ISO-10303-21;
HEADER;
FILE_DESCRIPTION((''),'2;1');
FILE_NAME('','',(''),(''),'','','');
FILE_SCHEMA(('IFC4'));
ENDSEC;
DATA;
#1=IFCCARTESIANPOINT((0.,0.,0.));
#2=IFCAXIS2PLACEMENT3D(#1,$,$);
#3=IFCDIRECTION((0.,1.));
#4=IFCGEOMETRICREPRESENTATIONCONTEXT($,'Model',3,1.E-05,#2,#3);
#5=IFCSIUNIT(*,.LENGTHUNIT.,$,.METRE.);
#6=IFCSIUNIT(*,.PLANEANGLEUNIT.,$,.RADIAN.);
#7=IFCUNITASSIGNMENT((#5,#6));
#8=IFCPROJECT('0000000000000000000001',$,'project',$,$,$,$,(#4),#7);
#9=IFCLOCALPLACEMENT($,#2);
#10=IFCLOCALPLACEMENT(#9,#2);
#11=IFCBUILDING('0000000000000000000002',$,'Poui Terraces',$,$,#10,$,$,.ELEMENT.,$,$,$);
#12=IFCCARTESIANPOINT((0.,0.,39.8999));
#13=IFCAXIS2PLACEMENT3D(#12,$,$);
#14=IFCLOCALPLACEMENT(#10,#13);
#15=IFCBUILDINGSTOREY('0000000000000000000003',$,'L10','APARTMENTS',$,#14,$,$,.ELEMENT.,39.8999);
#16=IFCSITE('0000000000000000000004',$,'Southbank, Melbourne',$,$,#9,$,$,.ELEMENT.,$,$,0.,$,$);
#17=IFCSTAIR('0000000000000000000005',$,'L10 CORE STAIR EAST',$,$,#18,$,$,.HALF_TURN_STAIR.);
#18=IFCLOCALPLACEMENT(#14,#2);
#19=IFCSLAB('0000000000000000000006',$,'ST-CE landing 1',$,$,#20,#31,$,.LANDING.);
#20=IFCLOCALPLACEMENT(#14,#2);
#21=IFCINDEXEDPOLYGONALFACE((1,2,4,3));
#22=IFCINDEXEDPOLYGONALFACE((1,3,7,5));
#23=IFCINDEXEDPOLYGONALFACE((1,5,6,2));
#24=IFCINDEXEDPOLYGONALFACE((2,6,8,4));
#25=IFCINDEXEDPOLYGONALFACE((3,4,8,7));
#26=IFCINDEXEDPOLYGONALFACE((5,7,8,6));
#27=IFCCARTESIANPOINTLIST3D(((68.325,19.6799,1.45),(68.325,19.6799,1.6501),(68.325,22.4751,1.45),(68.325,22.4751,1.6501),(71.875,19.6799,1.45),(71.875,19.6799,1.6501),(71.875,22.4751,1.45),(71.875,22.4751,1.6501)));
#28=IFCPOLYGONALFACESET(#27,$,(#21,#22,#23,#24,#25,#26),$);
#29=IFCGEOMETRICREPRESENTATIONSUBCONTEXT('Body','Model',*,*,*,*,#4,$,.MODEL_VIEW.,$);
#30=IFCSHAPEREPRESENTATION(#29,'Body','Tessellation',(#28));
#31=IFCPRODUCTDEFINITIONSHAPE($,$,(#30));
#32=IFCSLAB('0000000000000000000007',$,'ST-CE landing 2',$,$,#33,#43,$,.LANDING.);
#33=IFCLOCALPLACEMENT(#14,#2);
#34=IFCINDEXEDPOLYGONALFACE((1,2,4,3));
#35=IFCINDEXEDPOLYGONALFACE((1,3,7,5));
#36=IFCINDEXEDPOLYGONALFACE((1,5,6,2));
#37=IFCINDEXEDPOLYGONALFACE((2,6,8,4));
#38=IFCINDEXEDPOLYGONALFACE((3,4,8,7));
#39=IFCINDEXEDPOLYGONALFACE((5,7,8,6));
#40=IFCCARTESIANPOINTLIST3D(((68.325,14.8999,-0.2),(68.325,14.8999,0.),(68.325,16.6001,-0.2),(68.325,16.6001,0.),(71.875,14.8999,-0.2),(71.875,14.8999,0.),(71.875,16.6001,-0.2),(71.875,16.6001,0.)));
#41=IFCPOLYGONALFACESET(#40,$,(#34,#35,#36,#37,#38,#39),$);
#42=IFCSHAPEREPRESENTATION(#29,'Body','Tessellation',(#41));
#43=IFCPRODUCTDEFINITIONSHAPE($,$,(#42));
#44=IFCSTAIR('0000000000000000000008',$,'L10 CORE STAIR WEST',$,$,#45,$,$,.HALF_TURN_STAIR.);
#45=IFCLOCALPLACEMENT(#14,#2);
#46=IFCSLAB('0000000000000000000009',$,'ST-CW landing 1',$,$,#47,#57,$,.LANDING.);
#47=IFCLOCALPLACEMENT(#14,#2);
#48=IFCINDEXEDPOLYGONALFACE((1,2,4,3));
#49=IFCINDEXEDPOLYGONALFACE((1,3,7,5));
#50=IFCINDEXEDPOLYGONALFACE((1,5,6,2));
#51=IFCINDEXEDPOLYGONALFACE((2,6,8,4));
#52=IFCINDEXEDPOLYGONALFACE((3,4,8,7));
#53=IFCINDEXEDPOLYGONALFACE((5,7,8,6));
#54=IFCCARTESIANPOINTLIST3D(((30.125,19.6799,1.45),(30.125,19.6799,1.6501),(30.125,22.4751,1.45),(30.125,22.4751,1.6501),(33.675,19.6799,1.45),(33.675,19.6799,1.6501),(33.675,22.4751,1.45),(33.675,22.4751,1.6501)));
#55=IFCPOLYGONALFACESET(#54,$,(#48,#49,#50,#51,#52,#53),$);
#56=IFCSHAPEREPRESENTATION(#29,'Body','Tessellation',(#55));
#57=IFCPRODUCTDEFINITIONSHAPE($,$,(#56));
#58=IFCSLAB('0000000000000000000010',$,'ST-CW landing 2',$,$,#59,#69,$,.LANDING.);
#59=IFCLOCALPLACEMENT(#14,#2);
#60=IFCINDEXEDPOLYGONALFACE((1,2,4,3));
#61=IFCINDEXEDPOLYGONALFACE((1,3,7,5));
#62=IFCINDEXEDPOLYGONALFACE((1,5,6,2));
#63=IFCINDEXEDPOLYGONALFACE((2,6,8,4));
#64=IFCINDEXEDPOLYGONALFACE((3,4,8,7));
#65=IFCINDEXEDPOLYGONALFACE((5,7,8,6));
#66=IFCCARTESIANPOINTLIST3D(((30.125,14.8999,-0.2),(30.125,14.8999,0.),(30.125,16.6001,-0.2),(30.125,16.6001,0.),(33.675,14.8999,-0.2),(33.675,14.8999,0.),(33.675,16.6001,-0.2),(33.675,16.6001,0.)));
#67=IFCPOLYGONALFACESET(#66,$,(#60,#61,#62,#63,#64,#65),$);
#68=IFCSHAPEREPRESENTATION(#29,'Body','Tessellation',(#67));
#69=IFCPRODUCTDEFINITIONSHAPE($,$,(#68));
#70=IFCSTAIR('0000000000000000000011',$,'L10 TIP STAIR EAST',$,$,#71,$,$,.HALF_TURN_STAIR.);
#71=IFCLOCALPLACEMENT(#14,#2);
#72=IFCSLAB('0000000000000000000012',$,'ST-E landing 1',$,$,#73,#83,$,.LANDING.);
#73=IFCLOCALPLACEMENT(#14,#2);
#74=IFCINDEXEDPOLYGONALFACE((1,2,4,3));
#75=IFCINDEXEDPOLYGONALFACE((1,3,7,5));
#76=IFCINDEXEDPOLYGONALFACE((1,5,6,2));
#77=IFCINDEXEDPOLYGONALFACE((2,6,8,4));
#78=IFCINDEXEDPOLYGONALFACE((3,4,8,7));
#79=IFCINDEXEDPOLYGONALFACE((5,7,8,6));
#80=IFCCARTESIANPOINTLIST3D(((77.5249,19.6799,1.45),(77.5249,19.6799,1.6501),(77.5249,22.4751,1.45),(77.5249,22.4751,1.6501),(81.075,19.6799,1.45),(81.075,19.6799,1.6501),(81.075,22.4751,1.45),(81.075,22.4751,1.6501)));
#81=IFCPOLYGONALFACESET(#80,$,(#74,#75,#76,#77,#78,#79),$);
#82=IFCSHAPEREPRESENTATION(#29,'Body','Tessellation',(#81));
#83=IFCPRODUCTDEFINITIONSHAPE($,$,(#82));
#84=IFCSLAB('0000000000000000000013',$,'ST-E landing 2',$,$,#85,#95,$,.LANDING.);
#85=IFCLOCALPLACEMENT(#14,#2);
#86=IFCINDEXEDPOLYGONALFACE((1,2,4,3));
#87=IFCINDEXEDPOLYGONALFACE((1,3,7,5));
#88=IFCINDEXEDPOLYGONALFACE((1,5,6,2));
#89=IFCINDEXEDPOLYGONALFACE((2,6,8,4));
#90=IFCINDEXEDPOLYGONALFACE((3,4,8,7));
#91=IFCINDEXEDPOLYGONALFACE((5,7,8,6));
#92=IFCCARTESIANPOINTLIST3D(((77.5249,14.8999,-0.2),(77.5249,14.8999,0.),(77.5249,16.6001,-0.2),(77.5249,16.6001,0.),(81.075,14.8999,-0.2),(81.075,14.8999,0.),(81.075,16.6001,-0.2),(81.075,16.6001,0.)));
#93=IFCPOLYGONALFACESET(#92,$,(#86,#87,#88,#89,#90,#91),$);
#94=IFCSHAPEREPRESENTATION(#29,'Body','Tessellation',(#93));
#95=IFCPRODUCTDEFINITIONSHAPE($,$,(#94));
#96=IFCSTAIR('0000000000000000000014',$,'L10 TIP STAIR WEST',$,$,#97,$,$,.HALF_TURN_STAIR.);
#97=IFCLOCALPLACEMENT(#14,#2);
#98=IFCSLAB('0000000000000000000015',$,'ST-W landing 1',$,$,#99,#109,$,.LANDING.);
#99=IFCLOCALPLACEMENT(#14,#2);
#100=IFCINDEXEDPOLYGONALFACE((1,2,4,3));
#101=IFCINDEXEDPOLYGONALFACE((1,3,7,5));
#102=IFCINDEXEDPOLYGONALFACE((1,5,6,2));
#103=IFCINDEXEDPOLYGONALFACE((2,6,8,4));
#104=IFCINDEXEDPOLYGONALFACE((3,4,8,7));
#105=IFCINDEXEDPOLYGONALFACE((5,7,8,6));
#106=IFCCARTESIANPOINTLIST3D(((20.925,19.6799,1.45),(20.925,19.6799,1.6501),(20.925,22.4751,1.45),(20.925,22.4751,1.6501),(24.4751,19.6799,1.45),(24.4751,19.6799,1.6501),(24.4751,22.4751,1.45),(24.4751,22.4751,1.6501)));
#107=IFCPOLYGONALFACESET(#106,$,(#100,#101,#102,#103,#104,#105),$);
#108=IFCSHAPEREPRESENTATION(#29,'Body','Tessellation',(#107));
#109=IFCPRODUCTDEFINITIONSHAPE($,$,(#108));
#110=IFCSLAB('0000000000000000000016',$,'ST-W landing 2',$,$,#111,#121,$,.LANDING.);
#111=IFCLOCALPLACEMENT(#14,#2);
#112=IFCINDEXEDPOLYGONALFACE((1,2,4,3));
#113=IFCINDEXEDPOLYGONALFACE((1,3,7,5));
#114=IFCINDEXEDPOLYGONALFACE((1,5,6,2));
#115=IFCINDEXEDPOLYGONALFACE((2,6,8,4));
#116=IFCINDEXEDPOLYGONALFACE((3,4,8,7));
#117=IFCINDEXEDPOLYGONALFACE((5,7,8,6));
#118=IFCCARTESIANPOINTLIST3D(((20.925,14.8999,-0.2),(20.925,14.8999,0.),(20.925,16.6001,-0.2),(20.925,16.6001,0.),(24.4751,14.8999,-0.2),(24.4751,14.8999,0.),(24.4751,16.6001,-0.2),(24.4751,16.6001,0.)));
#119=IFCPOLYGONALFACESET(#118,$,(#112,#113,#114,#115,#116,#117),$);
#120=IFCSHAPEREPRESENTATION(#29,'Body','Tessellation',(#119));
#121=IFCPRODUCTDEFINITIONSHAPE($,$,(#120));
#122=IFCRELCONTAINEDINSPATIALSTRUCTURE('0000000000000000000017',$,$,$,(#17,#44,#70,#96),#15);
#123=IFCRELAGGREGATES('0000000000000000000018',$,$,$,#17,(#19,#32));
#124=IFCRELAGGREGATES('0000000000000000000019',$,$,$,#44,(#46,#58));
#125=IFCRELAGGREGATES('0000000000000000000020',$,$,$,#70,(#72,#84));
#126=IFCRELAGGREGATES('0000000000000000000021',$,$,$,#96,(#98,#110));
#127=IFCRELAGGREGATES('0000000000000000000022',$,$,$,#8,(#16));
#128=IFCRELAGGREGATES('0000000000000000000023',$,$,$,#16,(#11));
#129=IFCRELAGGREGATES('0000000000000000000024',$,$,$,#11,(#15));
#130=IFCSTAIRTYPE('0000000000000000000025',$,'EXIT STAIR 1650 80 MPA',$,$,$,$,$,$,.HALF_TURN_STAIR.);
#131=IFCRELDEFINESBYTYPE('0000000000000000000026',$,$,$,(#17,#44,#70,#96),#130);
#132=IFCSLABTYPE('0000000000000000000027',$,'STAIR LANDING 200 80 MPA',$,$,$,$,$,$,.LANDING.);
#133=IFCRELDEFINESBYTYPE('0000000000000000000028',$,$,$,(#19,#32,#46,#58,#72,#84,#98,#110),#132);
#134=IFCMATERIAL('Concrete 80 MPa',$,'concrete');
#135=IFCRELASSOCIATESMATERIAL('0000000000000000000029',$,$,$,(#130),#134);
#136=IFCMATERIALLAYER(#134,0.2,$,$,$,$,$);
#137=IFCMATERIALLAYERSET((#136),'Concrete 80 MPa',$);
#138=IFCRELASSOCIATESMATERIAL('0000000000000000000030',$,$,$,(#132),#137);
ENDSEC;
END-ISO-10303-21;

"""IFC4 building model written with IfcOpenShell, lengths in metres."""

from ifc_helpers import new_model, si_unit, direction, frame, origin, place, context, subcontext, project, spatial, polyline, outline, extrude, material, layer, layer_set, type_object, element, aggregate, save


model = new_model("IFC4")

# Units and contexts
model_context = context("Model", 3, precision=1e-05, world=origin(), true_north=direction((0.0, 1.0)))
body_context = subcontext(model_context, "Body", "Model", "MODEL_VIEW")
ifc_project = project(units=[si_unit("LENGTHUNIT", "METRE"), si_unit("PLANEANGLEUNIT", "RADIAN")], contexts=[model_context])

# Site, building, storey
site_placement = place(None, origin())
site = spatial("IfcSite", under=ifc_project, at=site_placement, Name="Southbank, Melbourne", CompositionType="ELEMENT", RefElevation=0.0)
building_placement = place(site_placement, origin())
building = spatial("IfcBuilding", under=site, at=building_placement, Name="Poui Terraces", CompositionType="ELEMENT")
storey_placement = place(building_placement, frame((0.0, 0.0, 39.8999)))
storey = spatial("IfcBuildingStorey", under=building, at=storey_placement, Name="L10", Description="APARTMENTS", CompositionType="ELEMENT", Elevation=39.8999)

# Stairs, slabs
ifc_material_1 = material(Name="Concrete 80 MPa", Category="concrete")
stair_type = type_object("IfcStairType", Name="EXIT STAIR 1650 80 MPA", PredefinedType="HALF_TURN_STAIR", material=ifc_material_1)
stair_1_placement = place(storey_placement, origin())
stair_1 = element("IfcStair", 1, at=stair_1_placement, inside=storey, type_object=stair_type, Name="L10 CORE STAIR EAST", PredefinedType="HALF_TURN_STAIR")
ifc_layer_1 = layer(ifc_material_1, 0.2)
ifc_layer_set_1 = layer_set([ifc_layer_1], Name="Concrete 80 MPa")
slab_type_1 = type_object("IfcSlabType", Name="STAIR LANDING 200 80 MPA", PredefinedType="LANDING", material=ifc_layer_set_1)
slab_1_placement = place(storey_placement, frame((0.0, 0.0, 1.45)))
slab_1 = element("IfcSlab", 2, at=slab_1_placement, type_object=slab_type_1, Name="ST-CE landing 1", PredefinedType="LANDING", context=body_context, shape_type="SweptSolid", body=[
    extrude(outline(polyline([(68.325, 19.6799), (71.875, 19.6799), (71.875, 22.4751), (68.325, 22.4751), (68.325, 19.6799)])), origin(), (0.0, 0.0, 1.0), 0.2002),
])
slab_2_placement = place(storey_placement, frame((0.0, 0.0, -0.2)))
slab_2 = element("IfcSlab", 3, at=slab_2_placement, type_object=slab_type_1, Name="ST-CE landing 2", PredefinedType="LANDING", context=body_context, shape_type="SweptSolid", body=[
    extrude(outline(polyline([(68.325, 14.8999), (71.875, 14.8999), (71.875, 16.6001), (68.325, 16.6001), (68.325, 14.8999)])), origin(), (0.0, 0.0, 1.0), 0.2),
])
aggregate(stair_1, [slab_1, slab_2])
stair_2_placement = place(storey_placement, origin())
stair_2 = element("IfcStair", 4, at=stair_2_placement, inside=storey, type_object=stair_type, Name="L10 CORE STAIR WEST", PredefinedType="HALF_TURN_STAIR")
slab_3_placement = place(storey_placement, frame((0.0, 0.0, 1.45)))
slab_3 = element("IfcSlab", 5, at=slab_3_placement, type_object=slab_type_1, Name="ST-CW landing 1", PredefinedType="LANDING", context=body_context, shape_type="SweptSolid", body=[
    extrude(outline(polyline([(30.125, 19.6799), (33.675, 19.6799), (33.675, 22.4751), (30.125, 22.4751), (30.125, 19.6799)])), origin(), (0.0, 0.0, 1.0), 0.2002),
])
slab_4_placement = place(storey_placement, frame((0.0, 0.0, -0.2)))
slab_4 = element("IfcSlab", 6, at=slab_4_placement, type_object=slab_type_1, Name="ST-CW landing 2", PredefinedType="LANDING", context=body_context, shape_type="SweptSolid", body=[
    extrude(outline(polyline([(30.125, 14.8999), (33.675, 14.8999), (33.675, 16.6001), (30.125, 16.6001), (30.125, 14.8999)])), origin(), (0.0, 0.0, 1.0), 0.2),
])
aggregate(stair_2, [slab_3, slab_4])
stair_3_placement = place(storey_placement, origin())
stair_3 = element("IfcStair", 7, at=stair_3_placement, inside=storey, type_object=stair_type, Name="L10 TIP STAIR EAST", PredefinedType="HALF_TURN_STAIR")
slab_5_placement = place(storey_placement, frame((0.0, 0.0, 1.45)))
slab_5 = element("IfcSlab", 8, at=slab_5_placement, type_object=slab_type_1, Name="ST-E landing 1", PredefinedType="LANDING", context=body_context, shape_type="SweptSolid", body=[
    extrude(outline(polyline([(77.5249, 19.6799), (81.075, 19.6799), (81.075, 22.4751), (77.5249, 22.4751), (77.5249, 19.6799)])), origin(), (0.0, 0.0, 1.0), 0.2002),
])
slab_6_placement = place(storey_placement, frame((0.0, 0.0, -0.2)))
slab_6 = element("IfcSlab", 9, at=slab_6_placement, type_object=slab_type_1, Name="ST-E landing 2", PredefinedType="LANDING", context=body_context, shape_type="SweptSolid", body=[
    extrude(outline(polyline([(77.5249, 14.8999), (81.075, 14.8999), (81.075, 16.6001), (77.5249, 16.6001), (77.5249, 14.8999)])), origin(), (0.0, 0.0, 1.0), 0.2),
])
aggregate(stair_3, [slab_5, slab_6])
stair_4_placement = place(storey_placement, origin())
stair_4 = element("IfcStair", 10, at=stair_4_placement, inside=storey, type_object=stair_type, Name="L10 TIP STAIR WEST", PredefinedType="HALF_TURN_STAIR")
slab_7_placement = place(storey_placement, frame((0.0, 0.0, 1.45)))
slab_7 = element("IfcSlab", 11, at=slab_7_placement, type_object=slab_type_1, Name="ST-W landing 1", PredefinedType="LANDING", context=body_context, shape_type="SweptSolid", body=[
    extrude(outline(polyline([(20.925, 19.6799), (24.4751, 19.6799), (24.4751, 22.4751), (20.925, 22.4751), (20.925, 19.6799)])), origin(), (0.0, 0.0, 1.0), 0.2002),
])
slab_8_placement = place(storey_placement, frame((0.0, 0.0, -0.2)))
slab_8 = element("IfcSlab", 12, at=slab_8_placement, type_object=slab_type_1, Name="ST-W landing 2", PredefinedType="LANDING", context=body_context, shape_type="SweptSolid", body=[
    extrude(outline(polyline([(20.925, 14.8999), (24.4751, 14.8999), (24.4751, 16.6001), (20.925, 16.6001), (20.925, 14.8999)])), origin(), (0.0, 0.0, 1.0), 0.2),
])
aggregate(stair_4, [slab_7, slab_8])

save(model, "model.ifc")
